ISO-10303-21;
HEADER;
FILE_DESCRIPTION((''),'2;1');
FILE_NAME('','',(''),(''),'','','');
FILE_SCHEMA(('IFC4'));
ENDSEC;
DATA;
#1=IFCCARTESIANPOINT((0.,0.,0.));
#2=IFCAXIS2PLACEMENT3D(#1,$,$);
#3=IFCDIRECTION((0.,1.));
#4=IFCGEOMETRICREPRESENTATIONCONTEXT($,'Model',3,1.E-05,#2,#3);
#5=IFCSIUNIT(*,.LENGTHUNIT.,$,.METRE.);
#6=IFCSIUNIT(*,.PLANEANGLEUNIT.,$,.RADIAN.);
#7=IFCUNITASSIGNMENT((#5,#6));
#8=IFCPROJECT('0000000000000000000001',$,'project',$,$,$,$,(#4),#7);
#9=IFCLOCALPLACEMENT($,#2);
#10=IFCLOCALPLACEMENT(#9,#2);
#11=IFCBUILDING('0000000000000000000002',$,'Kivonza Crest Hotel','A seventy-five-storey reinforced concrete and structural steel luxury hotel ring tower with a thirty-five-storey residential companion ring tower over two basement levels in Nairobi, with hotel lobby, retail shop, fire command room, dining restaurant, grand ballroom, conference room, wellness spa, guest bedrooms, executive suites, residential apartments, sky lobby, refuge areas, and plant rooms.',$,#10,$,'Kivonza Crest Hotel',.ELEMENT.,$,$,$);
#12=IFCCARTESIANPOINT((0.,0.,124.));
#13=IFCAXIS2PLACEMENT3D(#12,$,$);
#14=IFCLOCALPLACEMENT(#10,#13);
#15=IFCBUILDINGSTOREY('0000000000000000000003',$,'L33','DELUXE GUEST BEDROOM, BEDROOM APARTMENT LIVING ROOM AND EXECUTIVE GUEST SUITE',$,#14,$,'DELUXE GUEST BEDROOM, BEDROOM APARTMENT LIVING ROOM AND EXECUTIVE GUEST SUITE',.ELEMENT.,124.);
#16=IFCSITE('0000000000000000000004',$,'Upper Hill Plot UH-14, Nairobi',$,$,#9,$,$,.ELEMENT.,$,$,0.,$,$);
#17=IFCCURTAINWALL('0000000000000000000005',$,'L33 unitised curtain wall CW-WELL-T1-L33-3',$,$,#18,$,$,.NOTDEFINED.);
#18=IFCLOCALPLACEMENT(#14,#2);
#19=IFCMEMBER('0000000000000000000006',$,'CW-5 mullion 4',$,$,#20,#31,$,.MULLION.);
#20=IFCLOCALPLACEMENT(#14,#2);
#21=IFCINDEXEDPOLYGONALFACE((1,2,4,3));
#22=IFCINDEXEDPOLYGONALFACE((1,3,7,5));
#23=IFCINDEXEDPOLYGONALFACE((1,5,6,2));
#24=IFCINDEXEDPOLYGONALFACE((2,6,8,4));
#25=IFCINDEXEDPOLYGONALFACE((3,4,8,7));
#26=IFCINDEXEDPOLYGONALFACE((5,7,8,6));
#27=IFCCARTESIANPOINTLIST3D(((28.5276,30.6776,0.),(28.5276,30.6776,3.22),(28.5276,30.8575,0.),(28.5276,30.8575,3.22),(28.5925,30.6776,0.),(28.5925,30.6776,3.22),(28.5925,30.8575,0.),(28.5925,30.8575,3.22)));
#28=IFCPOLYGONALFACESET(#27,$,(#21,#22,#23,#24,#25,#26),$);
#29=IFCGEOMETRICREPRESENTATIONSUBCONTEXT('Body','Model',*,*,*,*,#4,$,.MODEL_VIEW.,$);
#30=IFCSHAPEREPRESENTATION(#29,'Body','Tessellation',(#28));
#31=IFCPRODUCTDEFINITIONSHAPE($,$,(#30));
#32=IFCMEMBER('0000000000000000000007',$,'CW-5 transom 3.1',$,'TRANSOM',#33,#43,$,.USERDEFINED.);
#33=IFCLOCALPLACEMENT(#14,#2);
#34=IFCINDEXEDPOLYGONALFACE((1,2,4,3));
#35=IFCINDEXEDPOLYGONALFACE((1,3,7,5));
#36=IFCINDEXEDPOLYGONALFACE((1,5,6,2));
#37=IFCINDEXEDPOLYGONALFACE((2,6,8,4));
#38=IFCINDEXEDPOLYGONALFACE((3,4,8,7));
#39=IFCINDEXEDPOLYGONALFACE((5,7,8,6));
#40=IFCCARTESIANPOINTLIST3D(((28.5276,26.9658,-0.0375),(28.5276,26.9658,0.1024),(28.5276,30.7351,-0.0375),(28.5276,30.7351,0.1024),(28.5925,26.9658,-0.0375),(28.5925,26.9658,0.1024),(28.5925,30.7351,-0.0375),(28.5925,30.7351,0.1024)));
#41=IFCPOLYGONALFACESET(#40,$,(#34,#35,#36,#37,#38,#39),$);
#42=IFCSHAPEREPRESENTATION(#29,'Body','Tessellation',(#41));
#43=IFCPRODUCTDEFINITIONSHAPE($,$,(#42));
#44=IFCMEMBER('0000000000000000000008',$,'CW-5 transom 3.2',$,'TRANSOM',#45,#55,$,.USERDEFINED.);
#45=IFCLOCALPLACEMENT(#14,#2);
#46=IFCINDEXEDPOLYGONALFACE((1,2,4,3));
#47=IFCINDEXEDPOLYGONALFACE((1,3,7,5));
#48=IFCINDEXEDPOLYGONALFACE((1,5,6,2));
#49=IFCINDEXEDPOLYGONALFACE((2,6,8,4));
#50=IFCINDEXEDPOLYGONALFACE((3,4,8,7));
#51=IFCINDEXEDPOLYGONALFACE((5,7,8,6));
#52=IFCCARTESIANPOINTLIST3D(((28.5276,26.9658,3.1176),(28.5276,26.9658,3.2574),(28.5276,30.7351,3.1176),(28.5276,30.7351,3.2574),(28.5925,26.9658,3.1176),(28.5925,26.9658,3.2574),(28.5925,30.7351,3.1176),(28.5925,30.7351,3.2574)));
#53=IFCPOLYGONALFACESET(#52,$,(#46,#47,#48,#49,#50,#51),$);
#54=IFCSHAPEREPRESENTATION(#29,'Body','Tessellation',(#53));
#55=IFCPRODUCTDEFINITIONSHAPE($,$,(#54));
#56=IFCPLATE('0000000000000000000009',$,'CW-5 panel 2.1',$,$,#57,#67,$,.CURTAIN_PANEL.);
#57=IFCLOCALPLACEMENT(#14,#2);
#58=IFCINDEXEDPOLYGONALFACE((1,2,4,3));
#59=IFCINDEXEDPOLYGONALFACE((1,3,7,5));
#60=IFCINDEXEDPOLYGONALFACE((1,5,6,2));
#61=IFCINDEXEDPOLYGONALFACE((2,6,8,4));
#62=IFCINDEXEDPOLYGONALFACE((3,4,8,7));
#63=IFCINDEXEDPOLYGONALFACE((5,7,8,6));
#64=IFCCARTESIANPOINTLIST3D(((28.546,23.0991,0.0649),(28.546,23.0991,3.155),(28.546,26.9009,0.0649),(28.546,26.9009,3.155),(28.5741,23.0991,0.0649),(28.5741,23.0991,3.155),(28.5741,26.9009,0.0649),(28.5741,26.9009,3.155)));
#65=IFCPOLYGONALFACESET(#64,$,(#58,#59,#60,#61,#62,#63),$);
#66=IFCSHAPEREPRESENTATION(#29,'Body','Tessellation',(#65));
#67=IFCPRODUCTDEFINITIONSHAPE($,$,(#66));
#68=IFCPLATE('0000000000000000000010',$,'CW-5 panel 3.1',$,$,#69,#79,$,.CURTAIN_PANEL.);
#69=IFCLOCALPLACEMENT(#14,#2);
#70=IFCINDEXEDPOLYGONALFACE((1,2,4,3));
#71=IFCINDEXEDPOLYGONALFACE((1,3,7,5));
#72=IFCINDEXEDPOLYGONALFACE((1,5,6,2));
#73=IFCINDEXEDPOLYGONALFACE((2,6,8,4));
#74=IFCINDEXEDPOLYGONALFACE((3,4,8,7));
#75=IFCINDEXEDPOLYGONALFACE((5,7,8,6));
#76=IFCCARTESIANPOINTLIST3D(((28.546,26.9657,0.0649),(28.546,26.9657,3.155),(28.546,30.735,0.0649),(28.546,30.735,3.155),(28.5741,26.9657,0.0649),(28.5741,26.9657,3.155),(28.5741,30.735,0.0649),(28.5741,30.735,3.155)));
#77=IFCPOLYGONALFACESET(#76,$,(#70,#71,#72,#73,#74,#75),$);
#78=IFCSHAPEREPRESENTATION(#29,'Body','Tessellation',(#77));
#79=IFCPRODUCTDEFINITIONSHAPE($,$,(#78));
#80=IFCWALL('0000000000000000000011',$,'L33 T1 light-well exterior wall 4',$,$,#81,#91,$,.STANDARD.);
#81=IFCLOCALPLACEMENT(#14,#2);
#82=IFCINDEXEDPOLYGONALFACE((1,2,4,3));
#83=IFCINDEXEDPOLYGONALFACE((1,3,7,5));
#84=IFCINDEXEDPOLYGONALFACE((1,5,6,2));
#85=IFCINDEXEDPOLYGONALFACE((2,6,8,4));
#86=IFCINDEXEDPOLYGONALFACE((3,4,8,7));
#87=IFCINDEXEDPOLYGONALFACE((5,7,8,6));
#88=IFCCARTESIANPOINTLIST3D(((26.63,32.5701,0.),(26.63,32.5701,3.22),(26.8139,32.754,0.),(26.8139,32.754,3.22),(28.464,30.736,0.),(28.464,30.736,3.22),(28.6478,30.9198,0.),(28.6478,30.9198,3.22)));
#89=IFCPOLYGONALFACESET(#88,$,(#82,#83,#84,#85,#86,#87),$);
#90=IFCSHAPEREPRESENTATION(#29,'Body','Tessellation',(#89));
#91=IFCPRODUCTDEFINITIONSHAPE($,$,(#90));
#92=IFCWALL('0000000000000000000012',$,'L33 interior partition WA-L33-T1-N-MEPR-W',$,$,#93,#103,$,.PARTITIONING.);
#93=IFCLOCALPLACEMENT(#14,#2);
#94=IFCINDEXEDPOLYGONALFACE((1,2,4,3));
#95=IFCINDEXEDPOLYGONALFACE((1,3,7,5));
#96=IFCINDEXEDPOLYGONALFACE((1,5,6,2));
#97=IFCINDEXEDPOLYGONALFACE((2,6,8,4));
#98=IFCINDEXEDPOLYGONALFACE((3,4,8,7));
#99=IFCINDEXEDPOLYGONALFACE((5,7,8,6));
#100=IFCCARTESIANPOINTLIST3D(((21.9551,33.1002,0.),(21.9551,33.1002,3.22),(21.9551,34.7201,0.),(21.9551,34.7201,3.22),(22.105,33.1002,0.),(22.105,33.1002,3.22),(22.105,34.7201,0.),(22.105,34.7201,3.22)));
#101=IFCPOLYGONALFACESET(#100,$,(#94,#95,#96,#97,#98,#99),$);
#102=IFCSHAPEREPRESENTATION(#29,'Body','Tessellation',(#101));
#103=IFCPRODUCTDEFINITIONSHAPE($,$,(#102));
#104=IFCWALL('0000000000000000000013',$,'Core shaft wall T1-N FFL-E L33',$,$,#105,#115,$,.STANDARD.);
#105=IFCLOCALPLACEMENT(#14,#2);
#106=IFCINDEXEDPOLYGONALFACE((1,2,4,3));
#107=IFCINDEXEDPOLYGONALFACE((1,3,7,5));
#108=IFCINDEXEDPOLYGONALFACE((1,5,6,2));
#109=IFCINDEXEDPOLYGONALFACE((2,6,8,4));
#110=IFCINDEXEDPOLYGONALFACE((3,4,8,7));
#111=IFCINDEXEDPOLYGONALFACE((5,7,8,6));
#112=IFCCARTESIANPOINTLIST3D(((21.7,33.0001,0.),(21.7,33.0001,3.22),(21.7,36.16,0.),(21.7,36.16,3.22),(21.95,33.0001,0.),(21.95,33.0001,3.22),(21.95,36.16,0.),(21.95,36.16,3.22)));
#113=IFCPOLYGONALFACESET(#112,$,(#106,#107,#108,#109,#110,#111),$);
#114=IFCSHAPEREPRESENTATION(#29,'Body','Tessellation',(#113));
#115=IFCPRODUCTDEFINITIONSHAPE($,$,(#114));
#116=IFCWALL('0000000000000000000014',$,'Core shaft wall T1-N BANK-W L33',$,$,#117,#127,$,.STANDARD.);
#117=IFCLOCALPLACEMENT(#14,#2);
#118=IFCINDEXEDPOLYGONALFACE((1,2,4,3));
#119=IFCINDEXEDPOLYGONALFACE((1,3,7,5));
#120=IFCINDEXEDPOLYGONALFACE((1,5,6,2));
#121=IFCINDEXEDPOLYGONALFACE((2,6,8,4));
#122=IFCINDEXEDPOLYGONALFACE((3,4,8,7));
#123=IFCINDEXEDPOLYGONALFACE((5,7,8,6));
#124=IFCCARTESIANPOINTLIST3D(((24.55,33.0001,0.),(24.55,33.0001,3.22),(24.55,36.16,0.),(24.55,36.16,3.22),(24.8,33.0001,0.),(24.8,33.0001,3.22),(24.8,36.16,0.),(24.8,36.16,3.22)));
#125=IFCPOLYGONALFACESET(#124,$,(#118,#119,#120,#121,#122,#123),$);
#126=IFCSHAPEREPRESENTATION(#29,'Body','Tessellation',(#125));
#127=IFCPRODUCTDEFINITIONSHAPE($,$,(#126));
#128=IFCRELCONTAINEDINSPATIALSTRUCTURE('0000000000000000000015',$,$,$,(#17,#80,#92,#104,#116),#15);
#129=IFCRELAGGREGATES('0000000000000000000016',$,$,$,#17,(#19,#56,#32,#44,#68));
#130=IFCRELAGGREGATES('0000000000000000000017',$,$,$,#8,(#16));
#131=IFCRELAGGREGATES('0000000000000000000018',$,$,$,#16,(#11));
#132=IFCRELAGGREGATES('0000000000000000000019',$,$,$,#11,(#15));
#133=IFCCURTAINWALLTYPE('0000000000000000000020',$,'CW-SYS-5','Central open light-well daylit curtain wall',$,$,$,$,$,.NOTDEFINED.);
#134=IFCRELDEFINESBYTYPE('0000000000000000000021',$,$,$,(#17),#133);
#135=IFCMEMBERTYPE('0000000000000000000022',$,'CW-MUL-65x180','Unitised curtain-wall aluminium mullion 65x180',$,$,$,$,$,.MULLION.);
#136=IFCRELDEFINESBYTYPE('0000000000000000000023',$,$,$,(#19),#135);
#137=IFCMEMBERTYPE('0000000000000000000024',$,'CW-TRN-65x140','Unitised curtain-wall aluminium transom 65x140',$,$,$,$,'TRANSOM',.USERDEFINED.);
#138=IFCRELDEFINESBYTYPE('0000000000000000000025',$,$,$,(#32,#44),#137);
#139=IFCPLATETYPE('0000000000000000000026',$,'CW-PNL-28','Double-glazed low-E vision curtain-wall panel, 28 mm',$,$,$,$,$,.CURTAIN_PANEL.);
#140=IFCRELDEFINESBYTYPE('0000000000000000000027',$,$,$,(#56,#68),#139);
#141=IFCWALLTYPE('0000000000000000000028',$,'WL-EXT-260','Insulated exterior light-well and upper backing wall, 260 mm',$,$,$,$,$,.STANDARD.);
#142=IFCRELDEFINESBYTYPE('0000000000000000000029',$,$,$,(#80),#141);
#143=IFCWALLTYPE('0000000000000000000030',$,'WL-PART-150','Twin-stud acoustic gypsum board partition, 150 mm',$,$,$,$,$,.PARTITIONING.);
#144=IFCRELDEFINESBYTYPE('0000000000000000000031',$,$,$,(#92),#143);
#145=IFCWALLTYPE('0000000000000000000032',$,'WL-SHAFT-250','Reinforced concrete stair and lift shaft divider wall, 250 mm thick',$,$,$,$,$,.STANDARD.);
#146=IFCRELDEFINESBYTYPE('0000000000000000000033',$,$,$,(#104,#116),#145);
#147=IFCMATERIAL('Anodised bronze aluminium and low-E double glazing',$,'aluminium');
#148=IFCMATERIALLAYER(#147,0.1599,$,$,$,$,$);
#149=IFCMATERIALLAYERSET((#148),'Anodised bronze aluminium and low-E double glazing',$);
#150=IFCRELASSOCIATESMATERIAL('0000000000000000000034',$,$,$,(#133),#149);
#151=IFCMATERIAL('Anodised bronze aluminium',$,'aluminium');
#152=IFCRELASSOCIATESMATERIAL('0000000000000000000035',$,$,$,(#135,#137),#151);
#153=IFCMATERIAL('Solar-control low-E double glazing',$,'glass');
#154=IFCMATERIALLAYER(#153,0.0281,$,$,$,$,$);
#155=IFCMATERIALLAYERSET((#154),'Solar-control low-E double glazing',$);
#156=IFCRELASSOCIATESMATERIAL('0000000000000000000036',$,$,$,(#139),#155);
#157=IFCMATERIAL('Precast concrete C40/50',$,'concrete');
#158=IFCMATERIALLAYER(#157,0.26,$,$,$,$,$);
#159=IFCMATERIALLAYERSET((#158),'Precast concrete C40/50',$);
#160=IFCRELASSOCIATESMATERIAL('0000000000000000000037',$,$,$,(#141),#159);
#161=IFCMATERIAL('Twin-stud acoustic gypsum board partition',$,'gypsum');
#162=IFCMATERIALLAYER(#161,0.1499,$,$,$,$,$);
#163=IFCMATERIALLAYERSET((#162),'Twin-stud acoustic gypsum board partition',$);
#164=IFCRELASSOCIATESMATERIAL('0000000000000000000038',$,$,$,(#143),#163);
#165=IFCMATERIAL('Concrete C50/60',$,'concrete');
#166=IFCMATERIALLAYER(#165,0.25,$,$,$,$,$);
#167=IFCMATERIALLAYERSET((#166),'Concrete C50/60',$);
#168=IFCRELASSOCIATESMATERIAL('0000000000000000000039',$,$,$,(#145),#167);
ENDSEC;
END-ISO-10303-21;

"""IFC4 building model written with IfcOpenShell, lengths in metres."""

from ifc_helpers import new_model, si_unit, direction, frame, frame_2d, origin, origin_2d, place, context, subcontext, project, spatial, rectangle, extrude, material, layer, layer_set, material_profile, profile_set, type_object, element, aggregate, save


model = new_model("IFC4")

# Units and contexts
model_context = context("Model", 3, precision=1e-05, world=origin(), true_north=direction((0.0, 1.0)))
body_context = subcontext(model_context, "Body", "Model", "MODEL_VIEW")
ifc_project = project(units=[si_unit("LENGTHUNIT", "METRE"), si_unit("PLANEANGLEUNIT", "RADIAN")], contexts=[model_context])

# Site, building, storey
site_placement = place(None, origin())
site = spatial("IfcSite", under=ifc_project, at=site_placement, Name="Upper Hill Plot UH-14, Nairobi", CompositionType="ELEMENT", RefElevation=0.0)
building_placement = place(site_placement, origin())
building = spatial("IfcBuilding", under=site, at=building_placement, Name="Kivonza Crest Hotel", Description="A seventy-five-storey reinforced concrete and structural steel luxury hotel ring tower with a thirty-five-storey residential companion ring tower over two basement levels in Nairobi, with hotel lobby, retail shop, fire command room, dining restaurant, grand ballroom, conference room, wellness spa, guest bedrooms, executive suites, residential apartments, sky lobby, refuge areas, and plant rooms.", LongName="Kivonza Crest Hotel", CompositionType="ELEMENT")
storey_placement = place(building_placement, frame((0.0, 0.0, 124.0)))
storey = spatial("IfcBuildingStorey", under=building, at=storey_placement, Name="L33", Description="DELUXE GUEST BEDROOM, BEDROOM APARTMENT LIVING ROOM AND EXECUTIVE GUEST SUITE", LongName="DELUXE GUEST BEDROOM, BEDROOM APARTMENT LIVING ROOM AND EXECUTIVE GUEST SUITE", CompositionType="ELEMENT", Elevation=124.0)

# Shared definitions
ifc_material_1 = material(Name="Concrete C50/60", Category="concrete")

# Curtain wall, members, plates
ifc_material_2 = material(Name="Anodised bronze aluminium and low-E double glazing", Category="aluminium")
ifc_layer_1 = layer(ifc_material_2, 0.1599)
ifc_layer_set_1 = layer_set([ifc_layer_1], Name="Anodised bronze aluminium and low-E double glazing")
curtain_wall_type = type_object("IfcCurtainWallType", Name="CW-SYS-5", Description="Central open light-well daylit curtain wall", PredefinedType="NOTDEFINED", material=ifc_layer_set_1)
curtain_wall_placement = place(storey_placement, origin())
curtain_wall = element("IfcCurtainWall", 1, at=curtain_wall_placement, inside=storey, type_object=curtain_wall_type, Name="L33 unitised curtain wall CW-WELL-T1-L33-3", PredefinedType="NOTDEFINED")
ifc_material_3 = material(Name="Anodised bronze aluminium", Category="aluminium")
ifc_material_profile_1 = material_profile(ifc_material_3, rectangle(XDim=0.0649, YDim=0.1799, at=origin_2d()), Name="CW-M 65x180")
ifc_profile_set_1 = profile_set([ifc_material_profile_1], Name="Anodised bronze aluminium")
member_type_1 = type_object("IfcMemberType", Name="CW-MUL-65x180", Description="Unitised curtain-wall aluminium mullion 65x180", PredefinedType="MULLION", material=ifc_profile_set_1)
member_1_placement = place(storey_placement, frame((28.5601, 30.7676, 0.0), z_axis=(0.0, 0.0, 1.0), x_axis=(-1.0, 0.0, 0.0)))
member_1 = element("IfcMember", 2, at=member_1_placement, type_object=member_type_1, Name="CW-5 mullion 4", PredefinedType="MULLION", context=body_context, shape_type="SweptSolid", body=[
    extrude(rectangle(XDim=0.0649, YDim=0.1799, at=origin_2d()), origin(), (0.0, 0.0, 1.0), 3.22),
])
ifc_material_profile_2 = material_profile(ifc_material_3, rectangle(XDim=0.0649, YDim=0.1399, at=origin_2d()), Name="CW-T 65x140")
ifc_profile_set_2 = profile_set([ifc_material_profile_2], Name="Anodised bronze aluminium")
member_type_2 = type_object("IfcMemberType", Name="CW-TRN-65x140", Description="Unitised curtain-wall aluminium transom 65x140", ElementType="TRANSOM", PredefinedType="USERDEFINED", material=ifc_profile_set_2)
member_2_placement = place(storey_placement, frame((28.5601, 26.9658, 0.0325), z_axis=(0.0, 1.0, 0.0), x_axis=(-1.0, 0.0, 0.0)))
member_2 = element("IfcMember", 3, at=member_2_placement, type_object=member_type_2, Name="CW-5 transom 3.1", ObjectType="TRANSOM", PredefinedType="USERDEFINED", context=body_context, shape_type="SweptSolid", body=[
    extrude(rectangle(XDim=0.0649, YDim=0.1399, at=origin_2d()), origin(), (0.0, 0.0, 1.0), 3.7693),
])
member_3_placement = place(storey_placement, frame((28.5601, 26.9658, 3.1875), z_axis=(0.0, 1.0, 0.0), x_axis=(-1.0, 0.0, 0.0)))
member_3 = element("IfcMember", 4, at=member_3_placement, type_object=member_type_2, Name="CW-5 transom 3.2", ObjectType="TRANSOM", PredefinedType="USERDEFINED", context=body_context, shape_type="SweptSolid", body=[
    extrude(rectangle(XDim=0.0649, YDim=0.1399, at=origin_2d()), origin(), (0.0, 0.0, 1.0), 3.7693),
])
ifc_material_4 = material(Name="Solar-control low-E double glazing", Category="glass")
ifc_layer_2 = layer(ifc_material_4, 0.0281)
ifc_layer_set_2 = layer_set([ifc_layer_2], Name="Solar-control low-E double glazing")
plate_type = type_object("IfcPlateType", Name="CW-PNL-28", Description="Double-glazed low-E vision curtain-wall panel, 28 mm", PredefinedType="CURTAIN_PANEL", material=ifc_layer_set_2)
plate_1_placement = place(storey_placement, frame((28.5601, 25.0, 0.0649), z_axis=(0.0, 0.0, 1.0), x_axis=(0.0, 1.0, 0.0)))
plate_1 = element("IfcPlate", 5, at=plate_1_placement, type_object=plate_type, Name="CW-5 panel 2.1", PredefinedType="CURTAIN_PANEL", context=body_context, shape_type="SweptSolid", body=[
    extrude(rectangle(XDim=3.8018, YDim=0.0281, at=origin_2d()), origin(), (0.0, 0.0, 1.0), 3.0901),
])
plate_2_placement = place(storey_placement, frame((28.5601, 28.8503, 0.0649), z_axis=(0.0, 0.0, 1.0), x_axis=(0.0, 1.0, 0.0)))
plate_2 = element("IfcPlate", 6, at=plate_2_placement, type_object=plate_type, Name="CW-5 panel 3.1", PredefinedType="CURTAIN_PANEL", context=body_context, shape_type="SweptSolid", body=[
    extrude(rectangle(XDim=3.7693, YDim=0.0281, at=origin_2d()), origin(), (0.0, 0.0, 1.0), 3.0901),
])
aggregate(curtain_wall, [member_1, plate_1, member_2, member_3, plate_2])

# Walls
ifc_material_5 = material(Name="Precast concrete C40/50", Category="concrete")
ifc_layer_3 = layer(ifc_material_5, 0.26)
ifc_layer_set_3 = layer_set([ifc_layer_3], Name="Precast concrete C40/50")
wall_type_1 = type_object("IfcWallType", Name="WL-EXT-260", Description="Insulated exterior light-well and upper backing wall, 260 mm", PredefinedType="STANDARD", material=ifc_layer_set_3)
wall_1_placement = place(storey_placement, frame((28.5559, 30.8279, 0.0), z_axis=(0.0, 0.0, 1.0), x_axis=(-0.70706, 0.707154, 0.0)))
element("IfcWall", 7, at=wall_1_placement, inside=storey, type_object=wall_type_1, Name="L33 T1 light-well exterior wall 4", PredefinedType="STANDARD", context=body_context, shape_type="SweptSolid", body=[
    extrude(rectangle(XDim=2.5938, YDim=0.26, at=frame_2d((1.2969, 0.0))), origin(), (0.0, 0.0, 1.0), 3.22),
])
ifc_material_6 = material(Name="Twin-stud acoustic gypsum board partition", Category="gypsum")
ifc_layer_4 = layer(ifc_material_6, 0.1499)
ifc_layer_set_4 = layer_set([ifc_layer_4], Name="Twin-stud acoustic gypsum board partition")
wall_type_2 = type_object("IfcWallType", Name="WL-PART-150", Description="Twin-stud acoustic gypsum board partition, 150 mm", PredefinedType="PARTITIONING", material=ifc_layer_set_4)
wall_2_placement = place(storey_placement, frame((22.03, 33.1001, 0.0), z_axis=(0.0, 0.0, 1.0), x_axis=(0.0, 1.0, 0.0)))
element("IfcWall", 8, at=wall_2_placement, inside=storey, type_object=wall_type_2, Name="L33 interior partition WA-L33-T1-N-MEPR-W", PredefinedType="PARTITIONING", context=body_context, shape_type="SweptSolid", body=[
    extrude(rectangle(XDim=1.6199, YDim=0.1499, at=frame_2d((0.8101, 0.0))), origin(), (0.0, 0.0, 1.0), 3.22),
])

# Shared definitions
ifc_layer_5 = layer(ifc_material_1, 0.25)
ifc_layer_set_5 = layer_set([ifc_layer_5], Name="Concrete C50/60")
wall_type_3 = type_object("IfcWallType", Name="WL-SHAFT-250", Description="Reinforced concrete stair and lift shaft divider wall, 250 mm thick", PredefinedType="STANDARD", material=ifc_layer_set_5)

# Walls
for number, where, z_axis, x_axis, name in (
    (9, (21.825, 33.0, 0.0), (0.0, 0.0, 1.0), (0.0, 1.0, 0.0), "Core shaft wall T1-N FFL-E L33"),
    (10, (24.675, 33.0, 0.0), (0.0, 0.0, 1.0), (0.0, 1.0, 0.0), "Core shaft wall T1-N BANK-W L33"),
):
    element("IfcWall", number, at=place(storey_placement, frame(where, z_axis=z_axis, x_axis=x_axis)), inside=storey, type_object=wall_type_3, Name=name, PredefinedType="STANDARD", context=body_context, shape_type="SweptSolid", body=[
        extrude(rectangle(XDim=3.1599, YDim=0.25, at=frame_2d((1.5801, 0.0))), origin(), (0.0, 0.0, 1.0), 3.22),
    ])

save(model, "model.ifc")
